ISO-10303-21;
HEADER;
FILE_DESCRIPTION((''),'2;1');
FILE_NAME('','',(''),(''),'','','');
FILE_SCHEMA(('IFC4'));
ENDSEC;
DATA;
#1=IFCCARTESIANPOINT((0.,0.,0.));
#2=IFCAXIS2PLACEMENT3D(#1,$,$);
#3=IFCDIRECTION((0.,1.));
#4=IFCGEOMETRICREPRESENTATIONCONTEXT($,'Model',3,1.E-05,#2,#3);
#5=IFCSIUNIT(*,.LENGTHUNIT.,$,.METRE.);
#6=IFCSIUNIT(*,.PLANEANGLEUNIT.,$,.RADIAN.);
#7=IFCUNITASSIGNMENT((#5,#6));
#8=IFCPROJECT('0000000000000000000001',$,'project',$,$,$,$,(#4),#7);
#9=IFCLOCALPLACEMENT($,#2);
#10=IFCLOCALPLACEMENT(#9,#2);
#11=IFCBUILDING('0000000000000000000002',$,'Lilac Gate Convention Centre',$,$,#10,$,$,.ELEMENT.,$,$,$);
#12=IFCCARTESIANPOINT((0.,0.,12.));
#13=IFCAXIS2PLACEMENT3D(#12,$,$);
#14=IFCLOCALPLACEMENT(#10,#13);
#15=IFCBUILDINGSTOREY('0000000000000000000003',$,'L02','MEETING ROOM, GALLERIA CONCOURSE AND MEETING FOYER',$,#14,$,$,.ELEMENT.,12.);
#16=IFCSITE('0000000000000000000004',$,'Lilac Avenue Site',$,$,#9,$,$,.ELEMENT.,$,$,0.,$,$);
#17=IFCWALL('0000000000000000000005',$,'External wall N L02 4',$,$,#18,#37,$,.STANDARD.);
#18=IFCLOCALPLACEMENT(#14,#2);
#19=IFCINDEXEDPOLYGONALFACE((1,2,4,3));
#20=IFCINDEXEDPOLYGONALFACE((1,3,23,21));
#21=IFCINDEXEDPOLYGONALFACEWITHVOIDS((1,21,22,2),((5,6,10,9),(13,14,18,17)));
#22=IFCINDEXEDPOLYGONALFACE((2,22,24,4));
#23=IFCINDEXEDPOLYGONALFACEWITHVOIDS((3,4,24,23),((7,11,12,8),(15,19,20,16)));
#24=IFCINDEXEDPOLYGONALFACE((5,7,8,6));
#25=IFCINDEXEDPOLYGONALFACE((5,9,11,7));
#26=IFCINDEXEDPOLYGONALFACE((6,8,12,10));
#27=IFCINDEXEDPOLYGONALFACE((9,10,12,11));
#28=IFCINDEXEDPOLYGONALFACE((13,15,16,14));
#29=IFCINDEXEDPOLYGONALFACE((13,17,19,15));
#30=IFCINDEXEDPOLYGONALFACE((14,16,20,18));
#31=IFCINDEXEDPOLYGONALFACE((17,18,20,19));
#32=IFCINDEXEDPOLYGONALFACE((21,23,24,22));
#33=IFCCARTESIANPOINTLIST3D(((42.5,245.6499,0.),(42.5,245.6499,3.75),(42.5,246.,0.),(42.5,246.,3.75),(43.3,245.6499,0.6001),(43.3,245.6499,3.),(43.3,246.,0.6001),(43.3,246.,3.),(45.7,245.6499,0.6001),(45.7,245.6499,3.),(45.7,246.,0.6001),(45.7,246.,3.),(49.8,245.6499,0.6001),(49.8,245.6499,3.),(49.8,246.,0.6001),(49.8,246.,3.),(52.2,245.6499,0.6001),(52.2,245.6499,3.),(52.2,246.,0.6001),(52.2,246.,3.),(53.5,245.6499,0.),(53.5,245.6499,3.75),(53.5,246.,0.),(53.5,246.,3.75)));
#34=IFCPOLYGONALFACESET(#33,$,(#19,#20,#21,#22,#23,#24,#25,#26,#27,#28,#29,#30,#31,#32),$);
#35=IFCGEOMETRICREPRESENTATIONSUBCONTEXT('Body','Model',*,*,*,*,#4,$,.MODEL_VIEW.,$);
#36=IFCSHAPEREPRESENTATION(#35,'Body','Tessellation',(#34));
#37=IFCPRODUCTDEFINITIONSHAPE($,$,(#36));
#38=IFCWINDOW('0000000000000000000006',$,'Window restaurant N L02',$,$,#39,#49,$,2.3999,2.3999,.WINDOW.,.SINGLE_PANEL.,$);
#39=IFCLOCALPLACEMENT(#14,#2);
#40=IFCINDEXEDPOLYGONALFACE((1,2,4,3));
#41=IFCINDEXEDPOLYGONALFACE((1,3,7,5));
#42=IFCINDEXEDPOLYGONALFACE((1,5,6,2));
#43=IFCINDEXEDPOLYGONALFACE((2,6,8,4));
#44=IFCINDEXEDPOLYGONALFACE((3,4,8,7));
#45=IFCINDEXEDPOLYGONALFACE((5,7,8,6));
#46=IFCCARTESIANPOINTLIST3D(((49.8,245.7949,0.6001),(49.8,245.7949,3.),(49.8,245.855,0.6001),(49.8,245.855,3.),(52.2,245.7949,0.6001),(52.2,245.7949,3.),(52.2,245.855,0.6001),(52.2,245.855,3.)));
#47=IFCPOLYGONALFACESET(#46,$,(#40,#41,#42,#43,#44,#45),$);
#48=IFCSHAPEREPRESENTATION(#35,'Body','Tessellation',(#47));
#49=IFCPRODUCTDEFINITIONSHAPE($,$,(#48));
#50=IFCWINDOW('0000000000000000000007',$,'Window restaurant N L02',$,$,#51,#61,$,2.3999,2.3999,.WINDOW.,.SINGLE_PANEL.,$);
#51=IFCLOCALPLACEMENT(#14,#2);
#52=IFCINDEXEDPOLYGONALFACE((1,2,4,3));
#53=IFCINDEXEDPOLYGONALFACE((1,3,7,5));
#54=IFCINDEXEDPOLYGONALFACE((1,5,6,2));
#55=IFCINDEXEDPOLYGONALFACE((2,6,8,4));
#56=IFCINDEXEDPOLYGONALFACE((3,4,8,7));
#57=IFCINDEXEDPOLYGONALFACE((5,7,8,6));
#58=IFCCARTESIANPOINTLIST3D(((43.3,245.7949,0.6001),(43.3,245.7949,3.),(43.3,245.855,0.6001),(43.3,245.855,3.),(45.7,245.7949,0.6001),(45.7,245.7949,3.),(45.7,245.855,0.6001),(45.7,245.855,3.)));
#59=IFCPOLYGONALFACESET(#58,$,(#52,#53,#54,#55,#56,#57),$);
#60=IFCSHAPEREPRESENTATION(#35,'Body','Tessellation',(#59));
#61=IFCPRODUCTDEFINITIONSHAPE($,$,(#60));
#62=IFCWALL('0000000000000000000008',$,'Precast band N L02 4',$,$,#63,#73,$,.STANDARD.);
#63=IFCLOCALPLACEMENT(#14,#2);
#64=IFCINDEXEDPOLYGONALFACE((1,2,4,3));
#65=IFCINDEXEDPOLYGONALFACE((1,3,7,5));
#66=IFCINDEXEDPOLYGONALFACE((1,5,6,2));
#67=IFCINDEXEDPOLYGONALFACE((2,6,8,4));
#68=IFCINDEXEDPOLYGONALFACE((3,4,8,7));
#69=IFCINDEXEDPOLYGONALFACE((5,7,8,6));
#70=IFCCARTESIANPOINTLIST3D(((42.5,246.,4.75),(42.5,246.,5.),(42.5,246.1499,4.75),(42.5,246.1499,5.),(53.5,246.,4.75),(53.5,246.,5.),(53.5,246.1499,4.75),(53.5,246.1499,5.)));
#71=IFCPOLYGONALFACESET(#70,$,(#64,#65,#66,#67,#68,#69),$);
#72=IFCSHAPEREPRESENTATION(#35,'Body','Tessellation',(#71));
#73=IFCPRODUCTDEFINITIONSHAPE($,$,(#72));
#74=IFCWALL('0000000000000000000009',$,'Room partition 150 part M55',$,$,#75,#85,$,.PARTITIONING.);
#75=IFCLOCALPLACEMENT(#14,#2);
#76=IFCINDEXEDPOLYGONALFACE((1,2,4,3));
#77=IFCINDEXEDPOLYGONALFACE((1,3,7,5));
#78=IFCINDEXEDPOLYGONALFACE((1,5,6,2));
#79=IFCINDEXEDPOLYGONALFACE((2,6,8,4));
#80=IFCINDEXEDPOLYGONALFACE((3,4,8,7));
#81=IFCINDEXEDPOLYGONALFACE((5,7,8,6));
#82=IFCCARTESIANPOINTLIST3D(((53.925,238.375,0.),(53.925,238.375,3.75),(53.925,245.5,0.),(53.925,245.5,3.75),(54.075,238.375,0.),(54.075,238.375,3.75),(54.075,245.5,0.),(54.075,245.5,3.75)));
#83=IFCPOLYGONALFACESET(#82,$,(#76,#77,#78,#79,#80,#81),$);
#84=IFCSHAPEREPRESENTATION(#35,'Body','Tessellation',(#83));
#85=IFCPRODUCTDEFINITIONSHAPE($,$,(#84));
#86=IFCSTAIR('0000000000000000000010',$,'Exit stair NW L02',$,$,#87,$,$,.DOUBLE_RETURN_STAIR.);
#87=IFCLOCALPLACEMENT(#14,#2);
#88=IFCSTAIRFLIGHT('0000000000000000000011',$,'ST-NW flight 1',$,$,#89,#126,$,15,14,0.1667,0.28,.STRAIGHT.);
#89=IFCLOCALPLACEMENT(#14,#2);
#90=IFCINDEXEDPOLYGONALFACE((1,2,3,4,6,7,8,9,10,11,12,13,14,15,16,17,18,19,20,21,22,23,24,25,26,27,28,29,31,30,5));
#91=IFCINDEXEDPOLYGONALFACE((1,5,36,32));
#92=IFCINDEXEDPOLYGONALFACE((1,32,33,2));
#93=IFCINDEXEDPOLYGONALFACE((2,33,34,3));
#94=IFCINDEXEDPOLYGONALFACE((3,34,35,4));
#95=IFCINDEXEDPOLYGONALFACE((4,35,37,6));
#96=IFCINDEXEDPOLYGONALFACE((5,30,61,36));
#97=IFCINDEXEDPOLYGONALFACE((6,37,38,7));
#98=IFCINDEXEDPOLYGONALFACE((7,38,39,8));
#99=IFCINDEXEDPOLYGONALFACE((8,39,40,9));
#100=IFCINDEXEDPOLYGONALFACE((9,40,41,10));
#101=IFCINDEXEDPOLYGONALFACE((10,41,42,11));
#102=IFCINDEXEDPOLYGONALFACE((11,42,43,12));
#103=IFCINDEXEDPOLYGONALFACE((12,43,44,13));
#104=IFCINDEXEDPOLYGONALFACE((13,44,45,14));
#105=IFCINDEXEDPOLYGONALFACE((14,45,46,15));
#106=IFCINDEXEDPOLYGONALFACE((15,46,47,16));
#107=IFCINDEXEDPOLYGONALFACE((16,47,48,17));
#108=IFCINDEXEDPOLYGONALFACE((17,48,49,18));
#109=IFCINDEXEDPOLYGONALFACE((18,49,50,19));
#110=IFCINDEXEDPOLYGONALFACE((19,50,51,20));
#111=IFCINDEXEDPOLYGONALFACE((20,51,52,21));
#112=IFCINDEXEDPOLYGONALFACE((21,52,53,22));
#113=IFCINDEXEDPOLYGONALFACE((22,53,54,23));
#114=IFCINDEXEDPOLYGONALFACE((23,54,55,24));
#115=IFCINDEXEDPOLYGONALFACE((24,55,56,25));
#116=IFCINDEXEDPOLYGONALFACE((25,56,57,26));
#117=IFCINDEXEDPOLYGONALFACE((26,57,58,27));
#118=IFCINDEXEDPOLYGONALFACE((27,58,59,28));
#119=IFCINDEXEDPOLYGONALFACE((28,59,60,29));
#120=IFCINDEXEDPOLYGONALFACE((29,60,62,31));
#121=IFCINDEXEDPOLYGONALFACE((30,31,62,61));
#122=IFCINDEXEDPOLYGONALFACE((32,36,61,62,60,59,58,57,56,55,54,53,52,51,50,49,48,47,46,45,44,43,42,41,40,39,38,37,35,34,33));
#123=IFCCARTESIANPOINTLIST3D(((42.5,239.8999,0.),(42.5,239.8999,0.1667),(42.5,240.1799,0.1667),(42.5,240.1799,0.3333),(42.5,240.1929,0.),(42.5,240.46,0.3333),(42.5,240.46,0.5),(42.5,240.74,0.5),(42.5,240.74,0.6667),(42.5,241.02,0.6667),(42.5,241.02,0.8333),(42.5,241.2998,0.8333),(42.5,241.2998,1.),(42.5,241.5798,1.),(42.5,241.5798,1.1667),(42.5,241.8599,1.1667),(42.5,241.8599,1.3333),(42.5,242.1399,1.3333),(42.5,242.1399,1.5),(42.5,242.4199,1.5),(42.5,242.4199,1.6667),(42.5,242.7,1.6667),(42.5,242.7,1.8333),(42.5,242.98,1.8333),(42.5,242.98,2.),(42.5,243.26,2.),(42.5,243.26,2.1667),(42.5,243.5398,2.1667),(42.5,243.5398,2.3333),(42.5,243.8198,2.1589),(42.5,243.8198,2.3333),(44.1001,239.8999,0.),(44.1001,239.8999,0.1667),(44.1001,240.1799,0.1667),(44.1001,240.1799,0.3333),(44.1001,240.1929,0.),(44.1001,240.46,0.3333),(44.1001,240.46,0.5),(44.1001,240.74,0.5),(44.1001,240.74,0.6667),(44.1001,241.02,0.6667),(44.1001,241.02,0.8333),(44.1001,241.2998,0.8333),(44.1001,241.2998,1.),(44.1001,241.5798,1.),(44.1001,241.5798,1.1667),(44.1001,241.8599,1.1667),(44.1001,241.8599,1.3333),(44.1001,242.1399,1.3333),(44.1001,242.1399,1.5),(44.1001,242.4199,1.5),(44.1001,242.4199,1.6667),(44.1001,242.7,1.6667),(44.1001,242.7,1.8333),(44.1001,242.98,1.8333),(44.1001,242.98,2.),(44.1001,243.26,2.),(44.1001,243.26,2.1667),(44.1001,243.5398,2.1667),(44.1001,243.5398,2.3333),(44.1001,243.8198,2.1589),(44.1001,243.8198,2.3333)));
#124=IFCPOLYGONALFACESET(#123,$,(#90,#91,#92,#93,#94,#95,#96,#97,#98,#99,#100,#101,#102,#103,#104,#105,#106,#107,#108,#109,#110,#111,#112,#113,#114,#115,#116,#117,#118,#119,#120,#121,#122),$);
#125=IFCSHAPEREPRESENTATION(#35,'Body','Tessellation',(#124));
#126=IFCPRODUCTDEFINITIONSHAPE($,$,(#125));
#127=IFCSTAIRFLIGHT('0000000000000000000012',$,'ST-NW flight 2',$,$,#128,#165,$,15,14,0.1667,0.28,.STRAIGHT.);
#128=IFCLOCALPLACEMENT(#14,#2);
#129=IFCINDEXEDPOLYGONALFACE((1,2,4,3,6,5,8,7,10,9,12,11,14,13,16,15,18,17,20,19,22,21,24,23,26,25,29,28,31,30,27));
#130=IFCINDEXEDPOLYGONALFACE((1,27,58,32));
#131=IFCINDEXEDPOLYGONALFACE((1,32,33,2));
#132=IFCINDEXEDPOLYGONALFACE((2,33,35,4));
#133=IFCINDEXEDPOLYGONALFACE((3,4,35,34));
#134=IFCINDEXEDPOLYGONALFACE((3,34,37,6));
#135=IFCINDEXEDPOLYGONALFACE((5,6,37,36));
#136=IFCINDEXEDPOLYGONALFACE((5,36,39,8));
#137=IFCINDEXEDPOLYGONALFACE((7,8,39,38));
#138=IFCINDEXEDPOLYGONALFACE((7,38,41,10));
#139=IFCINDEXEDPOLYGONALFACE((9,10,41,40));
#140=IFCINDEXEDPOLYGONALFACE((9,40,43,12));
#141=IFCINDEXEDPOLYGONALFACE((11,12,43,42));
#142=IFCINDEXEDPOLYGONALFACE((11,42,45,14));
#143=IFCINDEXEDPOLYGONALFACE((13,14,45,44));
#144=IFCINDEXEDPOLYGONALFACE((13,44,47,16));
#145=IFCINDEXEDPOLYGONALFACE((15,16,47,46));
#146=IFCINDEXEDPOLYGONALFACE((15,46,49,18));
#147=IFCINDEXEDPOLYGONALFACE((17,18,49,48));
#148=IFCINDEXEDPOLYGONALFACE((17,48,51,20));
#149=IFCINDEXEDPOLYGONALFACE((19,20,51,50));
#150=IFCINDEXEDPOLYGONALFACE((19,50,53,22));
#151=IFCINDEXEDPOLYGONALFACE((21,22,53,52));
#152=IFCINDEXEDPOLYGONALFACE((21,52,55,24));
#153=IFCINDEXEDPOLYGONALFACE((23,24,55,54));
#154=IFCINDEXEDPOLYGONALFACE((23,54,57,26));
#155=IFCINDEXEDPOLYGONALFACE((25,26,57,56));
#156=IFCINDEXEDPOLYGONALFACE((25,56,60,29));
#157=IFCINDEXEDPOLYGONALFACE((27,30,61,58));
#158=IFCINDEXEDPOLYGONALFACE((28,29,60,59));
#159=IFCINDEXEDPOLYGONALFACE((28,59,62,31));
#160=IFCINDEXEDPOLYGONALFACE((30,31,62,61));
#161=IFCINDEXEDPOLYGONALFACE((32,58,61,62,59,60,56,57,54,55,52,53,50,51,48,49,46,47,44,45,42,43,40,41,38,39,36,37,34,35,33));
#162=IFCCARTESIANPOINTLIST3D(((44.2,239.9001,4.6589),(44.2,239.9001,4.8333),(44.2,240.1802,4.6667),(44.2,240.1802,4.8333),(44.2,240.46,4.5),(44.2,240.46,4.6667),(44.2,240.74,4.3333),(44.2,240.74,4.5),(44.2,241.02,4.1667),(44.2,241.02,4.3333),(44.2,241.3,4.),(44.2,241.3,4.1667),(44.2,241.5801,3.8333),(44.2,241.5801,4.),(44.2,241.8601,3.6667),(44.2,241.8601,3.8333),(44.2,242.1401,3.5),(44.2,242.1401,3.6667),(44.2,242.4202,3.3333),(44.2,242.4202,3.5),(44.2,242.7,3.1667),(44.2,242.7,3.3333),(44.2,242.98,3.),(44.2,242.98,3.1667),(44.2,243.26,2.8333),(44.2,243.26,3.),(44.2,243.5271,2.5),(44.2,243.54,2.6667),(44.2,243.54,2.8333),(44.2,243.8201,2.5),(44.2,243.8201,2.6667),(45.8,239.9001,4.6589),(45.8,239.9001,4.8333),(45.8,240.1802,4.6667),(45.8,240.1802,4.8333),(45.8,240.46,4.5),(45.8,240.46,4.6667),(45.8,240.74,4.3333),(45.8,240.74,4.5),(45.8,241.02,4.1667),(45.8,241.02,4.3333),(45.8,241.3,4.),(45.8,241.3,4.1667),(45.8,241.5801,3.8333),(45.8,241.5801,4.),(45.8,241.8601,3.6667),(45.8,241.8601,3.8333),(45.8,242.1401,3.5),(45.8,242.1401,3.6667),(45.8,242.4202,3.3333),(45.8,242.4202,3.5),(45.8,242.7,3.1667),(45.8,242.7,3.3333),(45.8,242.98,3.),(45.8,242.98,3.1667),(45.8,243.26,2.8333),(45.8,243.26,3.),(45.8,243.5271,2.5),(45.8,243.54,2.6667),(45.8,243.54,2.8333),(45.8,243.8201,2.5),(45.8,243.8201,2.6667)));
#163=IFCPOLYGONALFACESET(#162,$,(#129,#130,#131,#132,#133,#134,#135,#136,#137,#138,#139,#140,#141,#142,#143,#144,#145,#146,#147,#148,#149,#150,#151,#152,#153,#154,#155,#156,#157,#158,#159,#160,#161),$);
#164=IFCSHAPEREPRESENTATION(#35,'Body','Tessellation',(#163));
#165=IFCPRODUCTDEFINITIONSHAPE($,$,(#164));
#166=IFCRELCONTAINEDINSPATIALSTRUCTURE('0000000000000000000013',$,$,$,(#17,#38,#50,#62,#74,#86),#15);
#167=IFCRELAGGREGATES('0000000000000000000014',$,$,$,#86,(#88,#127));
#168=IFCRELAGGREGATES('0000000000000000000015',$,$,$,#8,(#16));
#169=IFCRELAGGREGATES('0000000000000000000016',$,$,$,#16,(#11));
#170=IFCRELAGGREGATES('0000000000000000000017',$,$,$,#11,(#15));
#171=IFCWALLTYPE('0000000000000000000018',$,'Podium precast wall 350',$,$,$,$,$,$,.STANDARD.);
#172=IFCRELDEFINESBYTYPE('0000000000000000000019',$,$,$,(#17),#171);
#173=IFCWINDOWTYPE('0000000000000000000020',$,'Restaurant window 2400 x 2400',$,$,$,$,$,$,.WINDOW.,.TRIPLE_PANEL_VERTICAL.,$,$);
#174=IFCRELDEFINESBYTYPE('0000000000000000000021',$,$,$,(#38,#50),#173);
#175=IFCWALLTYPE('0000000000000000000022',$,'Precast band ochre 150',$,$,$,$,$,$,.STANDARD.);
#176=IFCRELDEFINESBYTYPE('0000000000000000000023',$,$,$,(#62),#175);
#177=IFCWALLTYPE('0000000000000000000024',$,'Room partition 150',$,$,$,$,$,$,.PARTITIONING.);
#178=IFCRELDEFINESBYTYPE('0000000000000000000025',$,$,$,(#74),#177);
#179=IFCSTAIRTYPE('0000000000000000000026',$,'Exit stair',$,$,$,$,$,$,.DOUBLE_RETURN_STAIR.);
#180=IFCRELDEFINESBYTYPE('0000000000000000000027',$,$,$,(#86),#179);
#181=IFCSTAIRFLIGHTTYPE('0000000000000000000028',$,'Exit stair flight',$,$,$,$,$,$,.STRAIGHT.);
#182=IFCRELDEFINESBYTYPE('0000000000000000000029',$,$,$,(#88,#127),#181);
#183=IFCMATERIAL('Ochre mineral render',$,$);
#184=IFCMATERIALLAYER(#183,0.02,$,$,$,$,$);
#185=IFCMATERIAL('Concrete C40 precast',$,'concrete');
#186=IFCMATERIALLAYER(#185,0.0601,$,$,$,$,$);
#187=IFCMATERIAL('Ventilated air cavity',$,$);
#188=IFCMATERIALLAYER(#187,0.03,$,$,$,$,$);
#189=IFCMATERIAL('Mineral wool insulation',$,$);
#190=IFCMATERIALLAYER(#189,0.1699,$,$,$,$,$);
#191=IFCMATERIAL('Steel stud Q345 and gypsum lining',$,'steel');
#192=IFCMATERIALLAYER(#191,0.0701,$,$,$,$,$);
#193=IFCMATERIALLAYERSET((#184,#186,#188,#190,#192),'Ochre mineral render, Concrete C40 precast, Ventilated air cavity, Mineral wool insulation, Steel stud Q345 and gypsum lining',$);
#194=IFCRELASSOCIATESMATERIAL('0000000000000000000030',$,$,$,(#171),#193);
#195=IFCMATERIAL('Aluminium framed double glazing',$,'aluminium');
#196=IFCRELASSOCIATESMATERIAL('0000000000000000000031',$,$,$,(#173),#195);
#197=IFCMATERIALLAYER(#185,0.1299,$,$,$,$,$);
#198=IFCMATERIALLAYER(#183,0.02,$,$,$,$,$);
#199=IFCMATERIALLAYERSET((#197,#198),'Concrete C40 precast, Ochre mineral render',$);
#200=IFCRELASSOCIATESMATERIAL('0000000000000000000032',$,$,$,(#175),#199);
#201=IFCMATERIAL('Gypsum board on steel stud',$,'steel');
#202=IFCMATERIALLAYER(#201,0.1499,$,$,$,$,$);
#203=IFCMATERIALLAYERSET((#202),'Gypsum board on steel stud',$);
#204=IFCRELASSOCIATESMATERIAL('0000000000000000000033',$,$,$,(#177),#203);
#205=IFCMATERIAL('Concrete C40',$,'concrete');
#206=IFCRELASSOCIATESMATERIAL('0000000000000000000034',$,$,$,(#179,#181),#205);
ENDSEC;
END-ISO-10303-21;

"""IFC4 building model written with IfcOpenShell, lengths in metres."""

from ifc_helpers import new_model, si_unit, direction, frame, frame_2d, origin, place, context, subcontext, project, spatial, polyline, rectangle, outline, extrude, material, layer, layer_set, type_object, element, fill, aggregate, save


model = new_model("IFC4")

# Units and contexts
model_context = context("Model", 3, precision=1e-05, world=origin(), true_north=direction((0.0, 1.0)))
body_context = subcontext(model_context, "Body", "Model", "MODEL_VIEW")
ifc_project = project(units=[si_unit("LENGTHUNIT", "METRE"), si_unit("PLANEANGLEUNIT", "RADIAN")], contexts=[model_context])

# Site, building, storey
site_placement = place(None, origin())
site = spatial("IfcSite", under=ifc_project, at=site_placement, Name="Lilac Avenue Site", CompositionType="ELEMENT", RefElevation=0.0)
building_placement = place(site_placement, origin())
building = spatial("IfcBuilding", under=site, at=building_placement, Name="Lilac Gate Convention Centre", CompositionType="ELEMENT")
storey_placement = place(building_placement, frame((0.0, 0.0, 12.0)))
storey = spatial("IfcBuildingStorey", under=building, at=storey_placement, Name="L02", Description="MEETING ROOM, GALLERIA CONCOURSE AND MEETING FOYER", CompositionType="ELEMENT", Elevation=12.0)

# Shared definitions
ifc_material_1 = material(Name="Aluminium framed double glazing", Category="aluminium")

# Shared definitions
ifc_material_2 = material(Name="Concrete C40", Category="concrete")

# Shared definitions
ifc_material_3 = material(Name="Gypsum board on steel stud", Category="steel")

# Wall, openings, windows
ifc_material_4 = material(Name="Ochre mineral render")
ifc_layer_1 = layer(ifc_material_4, 0.02)
ifc_material_5 = material(Name="Concrete C40 precast", Category="concrete")
ifc_layer_2 = layer(ifc_material_5, 0.0601)
ifc_material_6 = material(Name="Ventilated air cavity")
ifc_layer_3 = layer(ifc_material_6, 0.03)
ifc_material_7 = material(Name="Mineral wool insulation")
ifc_layer_4 = layer(ifc_material_7, 0.1699)
ifc_material_8 = material(Name="Steel stud Q345 and gypsum lining", Category="steel")
ifc_layer_5 = layer(ifc_material_8, 0.0701)
ifc_layer_set_1 = layer_set([ifc_layer_1, ifc_layer_2, ifc_layer_3, ifc_layer_4, ifc_layer_5], Name="Ochre mineral render, Concrete C40 precast, Ventilated air cavity, Mineral wool insulation, Steel stud Q345 and gypsum lining")
wall_type_1 = type_object("IfcWallType", Name="Podium precast wall 350", PredefinedType="STANDARD", material=ifc_layer_set_1)
wall_1_placement = place(storey_placement, frame((53.5, 245.825, 0.0), z_axis=(0.0, 0.0, 1.0), x_axis=(-1.0, 0.0, 0.0)))
wall_1 = element("IfcWall", 1, at=wall_1_placement, inside=storey, type_object=wall_type_1, Name="External wall N L02 4", PredefinedType="STANDARD", context=body_context, shape_type="SweptSolid", body=[
    extrude(rectangle(XDim=11.0, YDim=0.3501, at=frame_2d((5.5, 0.0))), origin(), (0.0, 0.0, 1.0), 3.75),
])
opening_1_placement = place(wall_1_placement, frame((1.3, 0.0, 0.6001)))
opening_1 = element("IfcOpeningElement", 2, at=opening_1_placement, cuts=wall_1, PredefinedType="OPENING", context=body_context, shape_type="SweptSolid", body=[
    extrude(rectangle(XDim=2.3999, YDim=2.3999, at=frame_2d((1.2, 1.2))), frame((0.0, 0.1851, 0.0), z_axis=(0.0, -1.0, 0.0), x_axis=(1.0, 0.0, 0.0)), (0.0, 0.0, 1.0), 0.3701),
])
opening_2_placement = place(wall_1_placement, frame((7.8, 0.0, 0.6001)))
opening_2 = element("IfcOpeningElement", 3, at=opening_2_placement, cuts=wall_1, PredefinedType="OPENING", context=body_context, shape_type="SweptSolid", body=[
    extrude(rectangle(XDim=2.3999, YDim=2.3999, at=frame_2d((1.2, 1.2))), frame((0.0, 0.1851, 0.0), z_axis=(0.0, -1.0, 0.0), x_axis=(1.0, 0.0, 0.0)), (0.0, 0.0, 1.0), 0.3701),
])
window_type = type_object("IfcWindowType", Name="Restaurant window 2400 x 2400", PartitioningType="TRIPLE_PANEL_VERTICAL", PredefinedType="WINDOW", material=ifc_material_1)
window_1_placement = place(opening_1_placement, origin())
window_1 = element("IfcWindow", 4, at=window_1_placement, inside=storey, type_object=window_type, Name="Window restaurant N L02", OverallHeight=2.3999, OverallWidth=2.3999, PartitioningType="SINGLE_PANEL", PredefinedType="WINDOW", context=body_context, shape_type="SweptSolid", body=[
    extrude(rectangle(XDim=2.3999, YDim=2.3999, at=frame_2d((1.2, 1.2))), frame((0.0, 0.03, 0.0), z_axis=(0.0, -1.0, 0.0), x_axis=(1.0, 0.0, 0.0)), (0.0, 0.0, 1.0), 0.0601),
])
fill(opening_1, window_1)
window_2_placement = place(opening_2_placement, origin())
window_2 = element("IfcWindow", 5, at=window_2_placement, inside=storey, type_object=window_type, Name="Window restaurant N L02", OverallHeight=2.3999, OverallWidth=2.3999, PartitioningType="SINGLE_PANEL", PredefinedType="WINDOW", context=body_context, shape_type="SweptSolid", body=[
    extrude(rectangle(XDim=2.3999, YDim=2.3999, at=frame_2d((1.2, 1.2))), frame((0.0, 0.03, 0.0), z_axis=(0.0, -1.0, 0.0), x_axis=(1.0, 0.0, 0.0)), (0.0, 0.0, 1.0), 0.0601),
])
fill(opening_2, window_2)

# Walls
ifc_layer_6 = layer(ifc_material_5, 0.1299)
ifc_layer_7 = layer(ifc_material_4, 0.02)
ifc_layer_set_2 = layer_set([ifc_layer_6, ifc_layer_7], Name="Concrete C40 precast, Ochre mineral render")
wall_type_2 = type_object("IfcWallType", Name="Precast band ochre 150", PredefinedType="STANDARD", material=ifc_layer_set_2)
wall_2_placement = place(storey_placement, frame((53.5, 246.075, 4.75), z_axis=(0.0, 0.0, 1.0), x_axis=(-1.0, 0.0, 0.0)))
element("IfcWall", 6, at=wall_2_placement, inside=storey, type_object=wall_type_2, Name="Precast band N L02 4", PredefinedType="STANDARD", context=body_context, shape_type="SweptSolid", body=[
    extrude(rectangle(XDim=11.0, YDim=0.1499, at=frame_2d((5.5, 0.0))), origin(), (0.0, 0.0, 1.0), 0.25),
])
ifc_layer_8 = layer(ifc_material_3, 0.1499)
ifc_layer_set_3 = layer_set([ifc_layer_8], Name="Gypsum board on steel stud")
wall_type_3 = type_object("IfcWallType", Name="Room partition 150", PredefinedType="PARTITIONING", material=ifc_layer_set_3)
wall_3_placement = place(storey_placement, frame((54.0, 245.5, 0.0), z_axis=(0.0, 0.0, 1.0), x_axis=(0.0, -1.0, 0.0)))
element("IfcWall", 7, at=wall_3_placement, inside=storey, type_object=wall_type_3, Name="Room partition 150 part M55", PredefinedType="PARTITIONING", context=body_context, shape_type="SweptSolid", body=[
    extrude(rectangle(XDim=7.125, YDim=0.1499, at=frame_2d((3.5625, 0.0))), origin(), (0.0, 0.0, 1.0), 3.75),
])

# Stair, stair flights
stair_type = type_object("IfcStairType", Name="Exit stair", PredefinedType="DOUBLE_RETURN_STAIR", material=ifc_material_2)
stair_placement = place(storey_placement, origin())
stair = element("IfcStair", 8, at=stair_placement, inside=storey, type_object=stair_type, Name="Exit stair NW L02", PredefinedType="DOUBLE_RETURN_STAIR")
stair_flight_type = type_object("IfcStairFlightType", Name="Exit stair flight", PredefinedType="STRAIGHT", material=ifc_material_2)
stair_flight_1_placement = place(storey_placement, frame((43.3, 239.8999, 0.0), z_axis=(0.0, 0.0, 1.0), x_axis=(0.0, 1.0, 0.0)))
stair_flight_1 = element("IfcStairFlight", 9, at=stair_flight_1_placement, type_object=stair_flight_type, Name="ST-NW flight 1", NumberOfRisers=15, NumberOfTreads=14, PredefinedType="STRAIGHT", RiserHeight=0.1667, TreadLength=0.28, context=body_context, shape_type="SweptSolid", body=[
    extrude(outline(polyline([(0.0, 0.0), (0.0, 0.1667), (0.28, 0.1667), (0.28, 0.3333), (0.5601, 0.3333), (0.5601, 0.5), (0.8401, 0.5), (0.8401, 0.6667), (1.1201, 0.6667), (1.1201, 0.8333), (1.3999, 0.8333), (1.3999, 1.0), (1.6799, 1.0), (1.6799, 1.1667), (1.96, 1.1667), (1.96, 1.3333), (2.24, 1.3333), (2.24, 1.5), (2.52, 1.5), (2.52, 1.6667), (2.8, 1.6667), (2.8, 1.8333), (3.0801, 1.8333), (3.0801, 2.0), (3.3601, 2.0), (3.3601, 2.1667), (3.6399, 2.1667), (3.6399, 2.3333), (3.9199, 2.3333), (3.9199, 2.5), (3.9199, 2.1589), (0.293, 0.0), (0.0, 0.0)])), frame((0.0, 0.8, 0.0), z_axis=(0.0, -1.0, 0.0), x_axis=(1.0, 0.0, 0.0)), (0.0, 0.0, 1.0), 1.6001),
])
stair_flight_2_placement = place(storey_placement, frame((45.0, 243.8201, 2.5), z_axis=(0.0, 0.0, 1.0), x_axis=(0.0, -1.0, 0.0)))
stair_flight_2 = element("IfcStairFlight", 10, at=stair_flight_2_placement, type_object=stair_flight_type, Name="ST-NW flight 2", NumberOfRisers=15, NumberOfTreads=14, PredefinedType="STRAIGHT", RiserHeight=0.1667, TreadLength=0.28, context=body_context, shape_type="SweptSolid", body=[
    extrude(outline(polyline([(0.0, 0.0), (0.0, 0.1667), (0.28, 0.1667), (0.28, 0.3333), (0.5601, 0.3333), (0.5601, 0.5), (0.8401, 0.5), (0.8401, 0.6667), (1.1201, 0.6667), (1.1201, 0.8333), (1.3999, 0.8333), (1.3999, 1.0), (1.6799, 1.0), (1.6799, 1.1667), (1.96, 1.1667), (1.96, 1.3333), (2.24, 1.3333), (2.24, 1.5), (2.52, 1.5), (2.52, 1.6667), (2.8, 1.6667), (2.8, 1.8333), (3.0801, 1.8333), (3.0801, 2.0), (3.3601, 2.0), (3.3601, 2.1667), (3.6399, 2.1667), (3.6399, 2.3333), (3.9199, 2.3333), (3.9199, 2.5), (3.9199, 2.1589), (0.293, 0.0), (0.0, 0.0)])), frame((0.0, 0.8, 0.0), z_axis=(0.0, -1.0, 0.0), x_axis=(1.0, 0.0, 0.0)), (0.0, 0.0, 1.0), 1.6001),
])
aggregate(stair, [stair_flight_1, stair_flight_2])

save(model, "model.ifc")
